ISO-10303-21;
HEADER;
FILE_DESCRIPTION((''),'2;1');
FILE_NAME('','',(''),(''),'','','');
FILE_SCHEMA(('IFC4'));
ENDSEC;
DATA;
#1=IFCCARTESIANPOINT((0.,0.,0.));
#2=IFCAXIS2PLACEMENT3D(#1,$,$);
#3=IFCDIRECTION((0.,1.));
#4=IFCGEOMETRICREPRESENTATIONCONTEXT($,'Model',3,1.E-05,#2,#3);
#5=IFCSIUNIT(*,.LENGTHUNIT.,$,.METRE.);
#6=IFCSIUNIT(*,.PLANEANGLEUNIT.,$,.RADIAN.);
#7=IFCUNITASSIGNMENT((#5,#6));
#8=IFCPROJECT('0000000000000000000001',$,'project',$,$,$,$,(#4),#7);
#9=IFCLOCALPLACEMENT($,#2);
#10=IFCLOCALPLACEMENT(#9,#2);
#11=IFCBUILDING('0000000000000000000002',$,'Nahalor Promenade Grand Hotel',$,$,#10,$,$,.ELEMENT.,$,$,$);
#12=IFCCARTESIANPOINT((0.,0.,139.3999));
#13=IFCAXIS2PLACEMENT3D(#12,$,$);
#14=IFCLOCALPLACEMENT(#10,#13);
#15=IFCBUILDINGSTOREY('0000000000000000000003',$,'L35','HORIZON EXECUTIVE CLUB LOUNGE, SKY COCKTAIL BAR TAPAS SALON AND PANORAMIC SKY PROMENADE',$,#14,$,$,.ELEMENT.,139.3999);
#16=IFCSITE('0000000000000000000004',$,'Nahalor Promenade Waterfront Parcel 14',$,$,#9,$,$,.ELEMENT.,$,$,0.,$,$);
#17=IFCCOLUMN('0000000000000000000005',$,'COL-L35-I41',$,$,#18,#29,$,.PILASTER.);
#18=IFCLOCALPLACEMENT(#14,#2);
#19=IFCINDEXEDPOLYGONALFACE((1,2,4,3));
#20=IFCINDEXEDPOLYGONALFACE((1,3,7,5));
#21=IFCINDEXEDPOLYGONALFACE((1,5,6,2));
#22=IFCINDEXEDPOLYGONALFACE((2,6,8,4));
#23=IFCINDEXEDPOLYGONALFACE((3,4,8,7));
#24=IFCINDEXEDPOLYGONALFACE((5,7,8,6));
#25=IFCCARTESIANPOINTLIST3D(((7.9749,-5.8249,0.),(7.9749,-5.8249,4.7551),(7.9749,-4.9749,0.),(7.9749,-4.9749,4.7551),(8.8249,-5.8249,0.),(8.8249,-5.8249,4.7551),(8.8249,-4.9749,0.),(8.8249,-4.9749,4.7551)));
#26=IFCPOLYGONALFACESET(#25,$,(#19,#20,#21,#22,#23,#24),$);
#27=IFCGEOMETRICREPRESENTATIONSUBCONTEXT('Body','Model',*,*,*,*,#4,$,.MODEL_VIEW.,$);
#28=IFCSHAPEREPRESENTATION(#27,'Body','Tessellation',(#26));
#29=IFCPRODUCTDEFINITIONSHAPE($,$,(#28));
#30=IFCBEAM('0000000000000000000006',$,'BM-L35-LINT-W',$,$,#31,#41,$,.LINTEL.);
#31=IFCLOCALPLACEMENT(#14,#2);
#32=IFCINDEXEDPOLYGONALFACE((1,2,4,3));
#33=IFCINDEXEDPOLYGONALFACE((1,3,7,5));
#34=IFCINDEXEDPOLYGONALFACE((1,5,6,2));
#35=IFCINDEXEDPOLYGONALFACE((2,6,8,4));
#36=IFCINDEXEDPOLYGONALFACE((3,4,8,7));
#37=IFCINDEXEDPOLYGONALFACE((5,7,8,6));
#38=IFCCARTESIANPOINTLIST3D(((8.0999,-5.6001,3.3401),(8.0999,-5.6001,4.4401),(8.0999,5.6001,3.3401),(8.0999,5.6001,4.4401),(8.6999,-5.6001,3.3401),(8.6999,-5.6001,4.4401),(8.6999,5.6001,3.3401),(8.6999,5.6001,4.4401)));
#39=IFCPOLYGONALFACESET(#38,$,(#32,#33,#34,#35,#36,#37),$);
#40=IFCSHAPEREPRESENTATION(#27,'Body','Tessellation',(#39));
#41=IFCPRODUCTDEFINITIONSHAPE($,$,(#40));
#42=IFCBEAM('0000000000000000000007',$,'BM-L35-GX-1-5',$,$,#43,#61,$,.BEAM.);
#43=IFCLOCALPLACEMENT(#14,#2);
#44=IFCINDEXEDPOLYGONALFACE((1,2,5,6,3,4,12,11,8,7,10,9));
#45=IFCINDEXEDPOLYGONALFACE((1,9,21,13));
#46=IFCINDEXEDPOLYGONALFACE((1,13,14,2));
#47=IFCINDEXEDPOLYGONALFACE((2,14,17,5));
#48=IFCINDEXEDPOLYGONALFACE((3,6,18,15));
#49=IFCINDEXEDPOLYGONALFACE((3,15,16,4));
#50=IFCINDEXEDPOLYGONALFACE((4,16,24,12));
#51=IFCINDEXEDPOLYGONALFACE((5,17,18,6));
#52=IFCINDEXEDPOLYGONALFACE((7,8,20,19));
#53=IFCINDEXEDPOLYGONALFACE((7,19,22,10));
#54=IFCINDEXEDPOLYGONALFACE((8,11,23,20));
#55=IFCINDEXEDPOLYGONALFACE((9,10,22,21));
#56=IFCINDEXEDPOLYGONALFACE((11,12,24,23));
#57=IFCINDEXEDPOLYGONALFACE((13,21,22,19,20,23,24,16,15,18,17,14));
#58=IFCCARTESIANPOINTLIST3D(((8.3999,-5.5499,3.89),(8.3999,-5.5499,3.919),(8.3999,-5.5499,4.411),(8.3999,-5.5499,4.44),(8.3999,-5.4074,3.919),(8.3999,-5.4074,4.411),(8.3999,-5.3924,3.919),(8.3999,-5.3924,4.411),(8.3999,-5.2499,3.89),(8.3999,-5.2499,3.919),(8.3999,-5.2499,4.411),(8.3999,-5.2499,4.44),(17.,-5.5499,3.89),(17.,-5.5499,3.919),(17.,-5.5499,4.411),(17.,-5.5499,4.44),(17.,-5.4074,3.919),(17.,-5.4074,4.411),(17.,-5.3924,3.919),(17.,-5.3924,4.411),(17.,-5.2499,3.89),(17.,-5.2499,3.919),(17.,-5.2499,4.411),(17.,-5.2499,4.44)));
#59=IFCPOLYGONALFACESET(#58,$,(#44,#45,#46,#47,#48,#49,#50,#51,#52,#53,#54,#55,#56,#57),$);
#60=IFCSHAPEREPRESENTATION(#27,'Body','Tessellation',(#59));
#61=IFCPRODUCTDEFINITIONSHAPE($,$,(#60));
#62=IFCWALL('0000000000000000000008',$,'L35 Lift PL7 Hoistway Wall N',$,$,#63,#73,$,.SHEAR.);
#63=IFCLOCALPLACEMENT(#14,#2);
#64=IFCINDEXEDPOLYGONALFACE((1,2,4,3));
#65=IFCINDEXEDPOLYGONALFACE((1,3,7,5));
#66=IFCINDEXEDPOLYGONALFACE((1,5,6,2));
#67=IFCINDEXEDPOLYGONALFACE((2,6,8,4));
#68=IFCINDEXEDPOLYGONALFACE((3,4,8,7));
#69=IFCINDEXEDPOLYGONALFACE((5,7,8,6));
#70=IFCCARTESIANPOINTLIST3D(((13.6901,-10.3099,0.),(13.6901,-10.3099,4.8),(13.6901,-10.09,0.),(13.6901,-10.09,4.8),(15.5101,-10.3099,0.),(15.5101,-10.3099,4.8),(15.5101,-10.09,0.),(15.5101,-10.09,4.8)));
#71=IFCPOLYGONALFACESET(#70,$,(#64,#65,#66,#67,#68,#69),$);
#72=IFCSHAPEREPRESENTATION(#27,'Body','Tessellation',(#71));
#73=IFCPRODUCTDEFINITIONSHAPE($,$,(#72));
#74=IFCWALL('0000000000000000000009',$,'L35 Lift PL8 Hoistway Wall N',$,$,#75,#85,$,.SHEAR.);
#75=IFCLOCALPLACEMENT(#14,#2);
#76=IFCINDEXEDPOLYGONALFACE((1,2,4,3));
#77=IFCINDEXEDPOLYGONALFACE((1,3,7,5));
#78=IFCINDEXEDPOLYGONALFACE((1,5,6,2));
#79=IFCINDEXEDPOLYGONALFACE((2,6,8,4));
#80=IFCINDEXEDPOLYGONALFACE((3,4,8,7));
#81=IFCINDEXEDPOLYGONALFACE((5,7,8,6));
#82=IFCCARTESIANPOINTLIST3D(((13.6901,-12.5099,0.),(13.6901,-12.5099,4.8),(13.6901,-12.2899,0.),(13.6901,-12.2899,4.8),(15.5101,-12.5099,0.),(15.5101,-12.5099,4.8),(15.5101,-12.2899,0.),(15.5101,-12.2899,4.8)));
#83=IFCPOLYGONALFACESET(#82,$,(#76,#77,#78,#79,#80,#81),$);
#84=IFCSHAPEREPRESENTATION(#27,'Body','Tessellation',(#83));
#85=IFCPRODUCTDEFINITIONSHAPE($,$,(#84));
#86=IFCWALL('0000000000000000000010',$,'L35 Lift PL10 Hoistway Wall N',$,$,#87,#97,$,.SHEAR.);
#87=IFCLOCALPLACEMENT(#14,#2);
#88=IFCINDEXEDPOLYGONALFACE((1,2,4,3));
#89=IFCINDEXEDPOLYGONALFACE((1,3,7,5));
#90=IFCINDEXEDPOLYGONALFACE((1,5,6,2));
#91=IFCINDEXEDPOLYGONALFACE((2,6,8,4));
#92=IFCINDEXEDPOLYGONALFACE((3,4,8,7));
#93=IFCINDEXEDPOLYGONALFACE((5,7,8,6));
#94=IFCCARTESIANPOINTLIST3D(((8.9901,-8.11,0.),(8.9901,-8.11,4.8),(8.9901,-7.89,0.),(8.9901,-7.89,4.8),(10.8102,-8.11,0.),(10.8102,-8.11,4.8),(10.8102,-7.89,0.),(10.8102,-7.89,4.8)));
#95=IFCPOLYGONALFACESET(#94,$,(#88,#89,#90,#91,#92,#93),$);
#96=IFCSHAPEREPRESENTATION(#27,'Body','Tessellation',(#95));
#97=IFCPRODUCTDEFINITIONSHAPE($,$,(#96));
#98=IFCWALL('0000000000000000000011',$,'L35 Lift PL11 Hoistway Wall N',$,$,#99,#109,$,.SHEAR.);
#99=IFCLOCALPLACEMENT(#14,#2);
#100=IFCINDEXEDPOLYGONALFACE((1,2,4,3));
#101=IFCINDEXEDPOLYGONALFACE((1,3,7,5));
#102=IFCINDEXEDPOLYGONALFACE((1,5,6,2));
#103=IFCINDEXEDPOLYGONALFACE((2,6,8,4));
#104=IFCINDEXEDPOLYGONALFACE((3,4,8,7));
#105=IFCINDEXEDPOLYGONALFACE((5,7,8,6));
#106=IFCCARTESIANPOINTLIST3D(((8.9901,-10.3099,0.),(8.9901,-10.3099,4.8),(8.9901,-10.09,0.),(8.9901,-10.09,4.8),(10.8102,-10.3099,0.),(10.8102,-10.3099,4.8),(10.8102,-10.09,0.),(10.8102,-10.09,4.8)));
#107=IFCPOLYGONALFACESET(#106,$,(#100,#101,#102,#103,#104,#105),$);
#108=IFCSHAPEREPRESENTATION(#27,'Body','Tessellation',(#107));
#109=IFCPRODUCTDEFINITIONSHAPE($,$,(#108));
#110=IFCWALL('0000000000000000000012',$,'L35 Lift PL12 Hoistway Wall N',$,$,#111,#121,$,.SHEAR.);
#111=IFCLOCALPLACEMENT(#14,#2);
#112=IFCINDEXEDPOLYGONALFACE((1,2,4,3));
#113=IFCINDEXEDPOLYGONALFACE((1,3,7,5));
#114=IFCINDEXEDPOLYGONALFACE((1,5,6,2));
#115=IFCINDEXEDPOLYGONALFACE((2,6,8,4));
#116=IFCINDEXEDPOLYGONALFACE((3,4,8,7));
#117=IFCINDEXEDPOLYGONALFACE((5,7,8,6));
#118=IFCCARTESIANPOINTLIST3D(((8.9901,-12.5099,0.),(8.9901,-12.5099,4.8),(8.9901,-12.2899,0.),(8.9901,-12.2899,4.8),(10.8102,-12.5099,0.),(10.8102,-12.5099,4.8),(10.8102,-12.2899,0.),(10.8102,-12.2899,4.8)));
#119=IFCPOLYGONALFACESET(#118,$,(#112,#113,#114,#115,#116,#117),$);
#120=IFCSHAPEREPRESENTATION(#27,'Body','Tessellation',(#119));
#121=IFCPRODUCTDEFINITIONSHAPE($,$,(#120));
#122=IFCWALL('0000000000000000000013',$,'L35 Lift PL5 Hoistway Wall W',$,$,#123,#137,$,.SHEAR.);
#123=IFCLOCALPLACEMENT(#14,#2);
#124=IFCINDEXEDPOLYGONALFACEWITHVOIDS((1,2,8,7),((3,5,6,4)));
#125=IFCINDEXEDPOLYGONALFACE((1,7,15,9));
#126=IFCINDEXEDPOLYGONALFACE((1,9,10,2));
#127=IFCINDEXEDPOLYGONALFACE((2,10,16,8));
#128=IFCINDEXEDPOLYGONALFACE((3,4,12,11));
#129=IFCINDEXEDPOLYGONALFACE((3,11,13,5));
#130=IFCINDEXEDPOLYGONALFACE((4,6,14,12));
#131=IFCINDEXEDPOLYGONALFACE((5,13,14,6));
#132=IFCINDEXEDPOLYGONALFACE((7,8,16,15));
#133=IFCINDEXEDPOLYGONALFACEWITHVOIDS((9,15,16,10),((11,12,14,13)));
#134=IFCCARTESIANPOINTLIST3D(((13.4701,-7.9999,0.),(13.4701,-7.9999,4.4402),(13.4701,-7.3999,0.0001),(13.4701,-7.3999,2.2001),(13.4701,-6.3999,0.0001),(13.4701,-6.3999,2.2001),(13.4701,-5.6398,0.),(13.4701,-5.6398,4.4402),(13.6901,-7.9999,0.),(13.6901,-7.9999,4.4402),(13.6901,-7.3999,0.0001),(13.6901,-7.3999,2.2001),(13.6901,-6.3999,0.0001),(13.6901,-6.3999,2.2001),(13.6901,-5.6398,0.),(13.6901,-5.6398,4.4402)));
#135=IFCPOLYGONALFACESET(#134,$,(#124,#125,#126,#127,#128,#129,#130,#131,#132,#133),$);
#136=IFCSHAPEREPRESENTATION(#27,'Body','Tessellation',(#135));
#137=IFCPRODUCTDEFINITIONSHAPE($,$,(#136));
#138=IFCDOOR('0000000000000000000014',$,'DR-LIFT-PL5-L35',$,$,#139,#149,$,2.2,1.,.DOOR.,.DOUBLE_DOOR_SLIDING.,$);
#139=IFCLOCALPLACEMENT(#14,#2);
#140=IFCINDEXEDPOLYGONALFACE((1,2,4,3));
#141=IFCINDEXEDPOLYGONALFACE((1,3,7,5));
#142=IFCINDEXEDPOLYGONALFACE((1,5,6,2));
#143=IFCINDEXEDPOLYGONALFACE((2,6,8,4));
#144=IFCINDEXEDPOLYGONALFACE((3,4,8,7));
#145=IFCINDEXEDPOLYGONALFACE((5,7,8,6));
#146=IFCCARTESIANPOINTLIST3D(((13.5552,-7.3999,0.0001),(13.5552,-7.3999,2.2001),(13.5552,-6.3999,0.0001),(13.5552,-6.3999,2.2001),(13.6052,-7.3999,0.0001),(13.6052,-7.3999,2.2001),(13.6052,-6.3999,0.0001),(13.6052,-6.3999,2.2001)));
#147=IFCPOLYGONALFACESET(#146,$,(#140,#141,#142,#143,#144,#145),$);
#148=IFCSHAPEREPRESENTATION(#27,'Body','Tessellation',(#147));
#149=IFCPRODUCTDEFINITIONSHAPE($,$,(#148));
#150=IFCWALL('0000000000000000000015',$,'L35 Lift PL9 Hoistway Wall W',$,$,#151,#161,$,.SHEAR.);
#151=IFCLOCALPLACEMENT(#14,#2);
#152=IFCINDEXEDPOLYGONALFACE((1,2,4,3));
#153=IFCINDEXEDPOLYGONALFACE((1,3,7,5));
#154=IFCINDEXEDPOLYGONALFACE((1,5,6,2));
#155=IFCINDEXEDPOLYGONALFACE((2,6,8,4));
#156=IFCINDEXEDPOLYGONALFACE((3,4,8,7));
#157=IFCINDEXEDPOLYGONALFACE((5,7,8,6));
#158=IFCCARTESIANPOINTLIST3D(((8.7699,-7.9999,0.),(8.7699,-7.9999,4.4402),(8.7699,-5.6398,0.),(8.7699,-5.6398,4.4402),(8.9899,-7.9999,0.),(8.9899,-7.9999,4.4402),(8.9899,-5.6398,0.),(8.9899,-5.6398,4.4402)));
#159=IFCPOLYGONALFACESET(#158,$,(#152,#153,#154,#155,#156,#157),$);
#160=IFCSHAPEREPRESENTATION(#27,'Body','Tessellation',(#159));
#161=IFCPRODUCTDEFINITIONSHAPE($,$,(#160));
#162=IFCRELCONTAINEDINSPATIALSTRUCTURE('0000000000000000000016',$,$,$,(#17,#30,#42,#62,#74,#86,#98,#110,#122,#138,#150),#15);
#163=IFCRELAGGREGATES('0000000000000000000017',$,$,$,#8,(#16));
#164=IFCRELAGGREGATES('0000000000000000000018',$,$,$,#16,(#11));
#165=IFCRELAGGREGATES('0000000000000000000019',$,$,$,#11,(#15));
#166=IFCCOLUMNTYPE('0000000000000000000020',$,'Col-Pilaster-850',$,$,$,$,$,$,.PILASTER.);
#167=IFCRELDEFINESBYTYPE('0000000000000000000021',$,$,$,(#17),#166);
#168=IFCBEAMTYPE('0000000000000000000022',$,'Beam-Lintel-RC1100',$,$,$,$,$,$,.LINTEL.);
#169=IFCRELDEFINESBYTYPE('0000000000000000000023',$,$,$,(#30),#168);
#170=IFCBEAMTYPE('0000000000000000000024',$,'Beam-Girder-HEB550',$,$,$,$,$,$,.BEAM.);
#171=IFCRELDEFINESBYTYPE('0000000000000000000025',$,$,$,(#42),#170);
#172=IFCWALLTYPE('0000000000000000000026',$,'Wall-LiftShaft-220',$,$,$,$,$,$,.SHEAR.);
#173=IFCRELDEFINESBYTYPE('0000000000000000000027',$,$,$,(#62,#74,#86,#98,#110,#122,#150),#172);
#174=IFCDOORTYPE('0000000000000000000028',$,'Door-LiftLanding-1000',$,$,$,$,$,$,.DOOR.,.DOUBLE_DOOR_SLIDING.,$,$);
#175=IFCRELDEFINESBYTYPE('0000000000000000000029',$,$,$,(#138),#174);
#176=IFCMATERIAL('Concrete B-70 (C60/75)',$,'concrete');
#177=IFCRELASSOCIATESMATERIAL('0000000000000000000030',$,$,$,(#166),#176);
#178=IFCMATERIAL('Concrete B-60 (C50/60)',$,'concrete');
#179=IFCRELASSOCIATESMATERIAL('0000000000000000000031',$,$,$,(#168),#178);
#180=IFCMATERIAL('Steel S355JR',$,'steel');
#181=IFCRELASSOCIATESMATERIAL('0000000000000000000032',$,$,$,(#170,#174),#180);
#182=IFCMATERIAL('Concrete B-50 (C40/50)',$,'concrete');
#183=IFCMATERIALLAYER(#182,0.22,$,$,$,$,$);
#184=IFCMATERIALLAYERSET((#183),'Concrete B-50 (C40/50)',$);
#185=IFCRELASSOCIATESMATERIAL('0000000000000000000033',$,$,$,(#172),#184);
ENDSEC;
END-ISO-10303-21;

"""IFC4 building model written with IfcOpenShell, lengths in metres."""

from ifc_helpers import new_model, si_unit, direction, frame, frame_2d, origin, origin_2d, place, context, subcontext, project, spatial, rectangle, i_section, extrude, source, transform, mapped, material, layer, layer_set, material_profile, profile_set, type_object, element, fill, save


model = new_model("IFC4")

# Units and contexts
model_context = context("Model", 3, precision=1e-05, world=origin(), true_north=direction((0.0, 1.0)))
body_context = subcontext(model_context, "Body", "Model", "MODEL_VIEW")
ifc_project = project(units=[si_unit("LENGTHUNIT", "METRE"), si_unit("PLANEANGLEUNIT", "RADIAN")], contexts=[model_context])

# Site, building, storey
site_placement = place(None, origin())
site = spatial("IfcSite", under=ifc_project, at=site_placement, Name="Nahalor Promenade Waterfront Parcel 14", CompositionType="ELEMENT", RefElevation=0.0)
building_placement = place(site_placement, origin())
building = spatial("IfcBuilding", under=site, at=building_placement, Name="Nahalor Promenade Grand Hotel", CompositionType="ELEMENT")
storey_placement = place(building_placement, frame((0.0, 0.0, 139.3999)))
storey = spatial("IfcBuildingStorey", under=building, at=storey_placement, Name="L35", Description="HORIZON EXECUTIVE CLUB LOUNGE, SKY COCKTAIL BAR TAPAS SALON AND PANORAMIC SKY PROMENADE", CompositionType="ELEMENT", Elevation=139.3999)

# Column
ifc_material_1 = material(Name="Concrete B-70 (C60/75)", Category="concrete")
ifc_material_profile_1 = material_profile(ifc_material_1, rectangle(XDim=0.85, YDim=0.85, at=origin_2d()), Name="RC 850x850")
ifc_profile_set_1 = profile_set([ifc_material_profile_1], Name="Concrete B-70 (C60/75)")
column_type = type_object("IfcColumnType", Name="Col-Pilaster-850", PredefinedType="PILASTER", material=ifc_profile_set_1)
shared_shape_1 = source(origin(), body_context, "Body", "SweptSolid", [
    extrude(rectangle(XDim=0.85, YDim=0.85, at=origin_2d()), origin(), (0.0, 0.0, 1.0), 4.7551),
])
column_placement = place(storey_placement, frame((8.3999, -5.3999, 0.0), z_axis=(0.0, 0.0, 1.0), x_axis=(1.0, 0.0, 0.0)))
element("IfcColumn", 1, at=column_placement, inside=storey, type_object=column_type, Name="COL-L35-I41", PredefinedType="PILASTER", context=body_context, shape_type="MappedRepresentation", body=[
    mapped(shared_shape_1, transform((0.0, 0.0, 0.0), scale=1.0)),
])

# Beams
ifc_material_2 = material(Name="Concrete B-60 (C50/60)", Category="concrete")
ifc_material_profile_2 = material_profile(ifc_material_2, rectangle(XDim=0.6, YDim=1.1, at=origin_2d()), Name="RC 600x1100")
ifc_profile_set_2 = profile_set([ifc_material_profile_2], Name="Concrete B-60 (C50/60)")
beam_type_1 = type_object("IfcBeamType", Name="Beam-Lintel-RC1100", PredefinedType="LINTEL", material=ifc_profile_set_2)
shared_shape_2 = source(origin(), body_context, "Body", "SweptSolid", [
    extrude(rectangle(XDim=0.6, YDim=1.1, at=origin_2d()), origin(), (0.0, 0.0, 1.0), 11.2002),
])
beam_1_placement = place(storey_placement, frame((8.3999, -5.6001, 3.8901), z_axis=(0.0, 1.0, 0.0), x_axis=(-1.0, 0.0, 0.0)))
element("IfcBeam", 2, at=beam_1_placement, inside=storey, type_object=beam_type_1, Name="BM-L35-LINT-W", PredefinedType="LINTEL", context=body_context, shape_type="MappedRepresentation", body=[
    mapped(shared_shape_2, transform((0.0, 0.0, 0.0), scale=1.0)),
])
ifc_material_3 = material(Name="Steel S355JR", Category="steel")
ifc_material_profile_3 = material_profile(ifc_material_3, i_section(OverallWidth=0.3, OverallDepth=0.55, WebThickness=0.015, FlangeThickness=0.029, at=origin_2d()), Name="HEB 550")
ifc_profile_set_3 = profile_set([ifc_material_profile_3], Name="Steel S355JR")
beam_type_2 = type_object("IfcBeamType", Name="Beam-Girder-HEB550", PredefinedType="BEAM", material=ifc_profile_set_3)
shared_shape_3 = source(origin(), body_context, "Body", "SweptSolid", [
    extrude(i_section(OverallWidth=0.3, OverallDepth=0.55, WebThickness=0.015, FlangeThickness=0.029, at=origin_2d()), origin(), (0.0, 0.0, 1.0), 8.6001),
])
beam_2_placement = place(storey_placement, frame((8.3999, -5.3999, 4.165), z_axis=(1.0, 0.0, 0.0), x_axis=(0.0, 1.0, 0.0)))
element("IfcBeam", 3, at=beam_2_placement, inside=storey, type_object=beam_type_2, Name="BM-L35-GX-1-5", PredefinedType="BEAM", context=body_context, shape_type="MappedRepresentation", body=[
    mapped(shared_shape_3, transform((0.0, 0.0, 0.0), scale=1.0)),
])

# Walls
ifc_material_4 = material(Name="Concrete B-50 (C40/50)", Category="concrete")
ifc_layer_1 = layer(ifc_material_4, 0.22)
ifc_layer_set_1 = layer_set([ifc_layer_1], Name="Concrete B-50 (C40/50)")
wall_type_1 = type_object("IfcWallType", Name="Wall-LiftShaft-220", PredefinedType="SHEAR", material=ifc_layer_set_1)
shared_shape_4 = source(origin(), body_context, "Body", "SweptSolid", [
    extrude(rectangle(XDim=1.8201, YDim=0.22, at=frame_2d((0.9102, 0.0))), origin(), (0.0, 0.0, 1.0), 4.8),
])
for number, where, z_axis, x_axis, name in (
    (4, (13.6899, -10.2, 0.0), (0.0, 0.0, 1.0), (1.0, 0.0, 0.0), "L35 Lift PL7 Hoistway Wall N"),
    (5, (13.6899, -12.3999, 0.0), (0.0, 0.0, 1.0), (1.0, 0.0, 0.0), "L35 Lift PL8 Hoistway Wall N"),
    (6, (8.99, -8.0, 0.0), (0.0, 0.0, 1.0), (1.0, 0.0, 0.0), "L35 Lift PL10 Hoistway Wall N"),
    (7, (8.99, -10.2, 0.0), (0.0, 0.0, 1.0), (1.0, 0.0, 0.0), "L35 Lift PL11 Hoistway Wall N"),
    (8, (8.99, -12.3999, 0.0), (0.0, 0.0, 1.0), (1.0, 0.0, 0.0), "L35 Lift PL12 Hoistway Wall N"),
):
    element("IfcWall", number, at=place(storey_placement, frame(where, z_axis=z_axis, x_axis=x_axis)), inside=storey, type_object=wall_type_1, Name=name, PredefinedType="SHEAR", context=body_context, shape_type="MappedRepresentation", body=[
        mapped(shared_shape_4, transform((0.0, 0.0, 0.0), scale=1.0)),
    ])

# Wall, opening, door
shared_shape_5 = source(origin(), body_context, "Body", "SweptSolid", [
    extrude(rectangle(XDim=2.3601, YDim=0.22, at=frame_2d((1.1802, 0.0))), origin(), (0.0, 0.0, 1.0), 4.4402),
])
wall_1_placement = place(storey_placement, frame((13.5801, -8.0, 0.0), z_axis=(0.0, 0.0, 1.0), x_axis=(0.0, 1.0, 0.0)))
wall_1 = element("IfcWall", 9, at=wall_1_placement, inside=storey, type_object=wall_type_1, Name="L35 Lift PL5 Hoistway Wall W", PredefinedType="SHEAR", context=body_context, shape_type="MappedRepresentation", body=[
    mapped(shared_shape_5, transform((0.0, 0.0, 0.0), scale=1.0)),
])
opening_1_placement = place(wall_1_placement, frame((0.6001, 0.0, 0.0)))
opening_1 = element("IfcOpeningElement", 10, at=opening_1_placement, cuts=wall_1, PredefinedType="OPENING", context=body_context, shape_type="SweptSolid", body=[
    extrude(rectangle(XDim=1.0, YDim=2.2, at=frame_2d((0.5, 1.1001))), frame((0.0, 0.1199, 0.0), z_axis=(0.0, -1.0, 0.0), x_axis=(1.0, 0.0, 0.0)), (0.0, 0.0, 1.0), 0.24),
])
door_type = type_object("IfcDoorType", Name="Door-LiftLanding-1000", OperationType="DOUBLE_DOOR_SLIDING", PredefinedType="DOOR", material=ifc_material_3)
shared_shape_6 = source(origin(), body_context, "Body", "SweptSolid", [
    extrude(rectangle(XDim=1.0, YDim=2.2, at=frame_2d((0.5, 1.1001))), frame((0.0, 0.0249, 0.0), z_axis=(0.0, -1.0, 0.0), x_axis=(1.0, 0.0, 0.0)), (0.0, 0.0, 1.0), 0.05),
])
door_1_placement = place(opening_1_placement, origin())
door_1 = element("IfcDoor", 11, at=door_1_placement, inside=storey, type_object=door_type, Name="DR-LIFT-PL5-L35", OperationType="DOUBLE_DOOR_SLIDING", OverallHeight=2.2, OverallWidth=1.0, PredefinedType="DOOR", context=body_context, shape_type="MappedRepresentation", body=[
    mapped(shared_shape_6, transform((0.0, 0.0, 0.0), scale=1.0)),
])
fill(opening_1, door_1)

# Wall
wall_2_placement = place(storey_placement, frame((8.8799, -8.0, 0.0), z_axis=(0.0, 0.0, 1.0), x_axis=(0.0, 1.0, 0.0)))
element("IfcWall", 12, at=wall_2_placement, inside=storey, type_object=wall_type_1, Name="L35 Lift PL9 Hoistway Wall W", PredefinedType="SHEAR", context=body_context, shape_type="MappedRepresentation", body=[
    mapped(shared_shape_5, transform((0.0, 0.0, 0.0), scale=1.0)),
])

save(model, "model.ifc")
